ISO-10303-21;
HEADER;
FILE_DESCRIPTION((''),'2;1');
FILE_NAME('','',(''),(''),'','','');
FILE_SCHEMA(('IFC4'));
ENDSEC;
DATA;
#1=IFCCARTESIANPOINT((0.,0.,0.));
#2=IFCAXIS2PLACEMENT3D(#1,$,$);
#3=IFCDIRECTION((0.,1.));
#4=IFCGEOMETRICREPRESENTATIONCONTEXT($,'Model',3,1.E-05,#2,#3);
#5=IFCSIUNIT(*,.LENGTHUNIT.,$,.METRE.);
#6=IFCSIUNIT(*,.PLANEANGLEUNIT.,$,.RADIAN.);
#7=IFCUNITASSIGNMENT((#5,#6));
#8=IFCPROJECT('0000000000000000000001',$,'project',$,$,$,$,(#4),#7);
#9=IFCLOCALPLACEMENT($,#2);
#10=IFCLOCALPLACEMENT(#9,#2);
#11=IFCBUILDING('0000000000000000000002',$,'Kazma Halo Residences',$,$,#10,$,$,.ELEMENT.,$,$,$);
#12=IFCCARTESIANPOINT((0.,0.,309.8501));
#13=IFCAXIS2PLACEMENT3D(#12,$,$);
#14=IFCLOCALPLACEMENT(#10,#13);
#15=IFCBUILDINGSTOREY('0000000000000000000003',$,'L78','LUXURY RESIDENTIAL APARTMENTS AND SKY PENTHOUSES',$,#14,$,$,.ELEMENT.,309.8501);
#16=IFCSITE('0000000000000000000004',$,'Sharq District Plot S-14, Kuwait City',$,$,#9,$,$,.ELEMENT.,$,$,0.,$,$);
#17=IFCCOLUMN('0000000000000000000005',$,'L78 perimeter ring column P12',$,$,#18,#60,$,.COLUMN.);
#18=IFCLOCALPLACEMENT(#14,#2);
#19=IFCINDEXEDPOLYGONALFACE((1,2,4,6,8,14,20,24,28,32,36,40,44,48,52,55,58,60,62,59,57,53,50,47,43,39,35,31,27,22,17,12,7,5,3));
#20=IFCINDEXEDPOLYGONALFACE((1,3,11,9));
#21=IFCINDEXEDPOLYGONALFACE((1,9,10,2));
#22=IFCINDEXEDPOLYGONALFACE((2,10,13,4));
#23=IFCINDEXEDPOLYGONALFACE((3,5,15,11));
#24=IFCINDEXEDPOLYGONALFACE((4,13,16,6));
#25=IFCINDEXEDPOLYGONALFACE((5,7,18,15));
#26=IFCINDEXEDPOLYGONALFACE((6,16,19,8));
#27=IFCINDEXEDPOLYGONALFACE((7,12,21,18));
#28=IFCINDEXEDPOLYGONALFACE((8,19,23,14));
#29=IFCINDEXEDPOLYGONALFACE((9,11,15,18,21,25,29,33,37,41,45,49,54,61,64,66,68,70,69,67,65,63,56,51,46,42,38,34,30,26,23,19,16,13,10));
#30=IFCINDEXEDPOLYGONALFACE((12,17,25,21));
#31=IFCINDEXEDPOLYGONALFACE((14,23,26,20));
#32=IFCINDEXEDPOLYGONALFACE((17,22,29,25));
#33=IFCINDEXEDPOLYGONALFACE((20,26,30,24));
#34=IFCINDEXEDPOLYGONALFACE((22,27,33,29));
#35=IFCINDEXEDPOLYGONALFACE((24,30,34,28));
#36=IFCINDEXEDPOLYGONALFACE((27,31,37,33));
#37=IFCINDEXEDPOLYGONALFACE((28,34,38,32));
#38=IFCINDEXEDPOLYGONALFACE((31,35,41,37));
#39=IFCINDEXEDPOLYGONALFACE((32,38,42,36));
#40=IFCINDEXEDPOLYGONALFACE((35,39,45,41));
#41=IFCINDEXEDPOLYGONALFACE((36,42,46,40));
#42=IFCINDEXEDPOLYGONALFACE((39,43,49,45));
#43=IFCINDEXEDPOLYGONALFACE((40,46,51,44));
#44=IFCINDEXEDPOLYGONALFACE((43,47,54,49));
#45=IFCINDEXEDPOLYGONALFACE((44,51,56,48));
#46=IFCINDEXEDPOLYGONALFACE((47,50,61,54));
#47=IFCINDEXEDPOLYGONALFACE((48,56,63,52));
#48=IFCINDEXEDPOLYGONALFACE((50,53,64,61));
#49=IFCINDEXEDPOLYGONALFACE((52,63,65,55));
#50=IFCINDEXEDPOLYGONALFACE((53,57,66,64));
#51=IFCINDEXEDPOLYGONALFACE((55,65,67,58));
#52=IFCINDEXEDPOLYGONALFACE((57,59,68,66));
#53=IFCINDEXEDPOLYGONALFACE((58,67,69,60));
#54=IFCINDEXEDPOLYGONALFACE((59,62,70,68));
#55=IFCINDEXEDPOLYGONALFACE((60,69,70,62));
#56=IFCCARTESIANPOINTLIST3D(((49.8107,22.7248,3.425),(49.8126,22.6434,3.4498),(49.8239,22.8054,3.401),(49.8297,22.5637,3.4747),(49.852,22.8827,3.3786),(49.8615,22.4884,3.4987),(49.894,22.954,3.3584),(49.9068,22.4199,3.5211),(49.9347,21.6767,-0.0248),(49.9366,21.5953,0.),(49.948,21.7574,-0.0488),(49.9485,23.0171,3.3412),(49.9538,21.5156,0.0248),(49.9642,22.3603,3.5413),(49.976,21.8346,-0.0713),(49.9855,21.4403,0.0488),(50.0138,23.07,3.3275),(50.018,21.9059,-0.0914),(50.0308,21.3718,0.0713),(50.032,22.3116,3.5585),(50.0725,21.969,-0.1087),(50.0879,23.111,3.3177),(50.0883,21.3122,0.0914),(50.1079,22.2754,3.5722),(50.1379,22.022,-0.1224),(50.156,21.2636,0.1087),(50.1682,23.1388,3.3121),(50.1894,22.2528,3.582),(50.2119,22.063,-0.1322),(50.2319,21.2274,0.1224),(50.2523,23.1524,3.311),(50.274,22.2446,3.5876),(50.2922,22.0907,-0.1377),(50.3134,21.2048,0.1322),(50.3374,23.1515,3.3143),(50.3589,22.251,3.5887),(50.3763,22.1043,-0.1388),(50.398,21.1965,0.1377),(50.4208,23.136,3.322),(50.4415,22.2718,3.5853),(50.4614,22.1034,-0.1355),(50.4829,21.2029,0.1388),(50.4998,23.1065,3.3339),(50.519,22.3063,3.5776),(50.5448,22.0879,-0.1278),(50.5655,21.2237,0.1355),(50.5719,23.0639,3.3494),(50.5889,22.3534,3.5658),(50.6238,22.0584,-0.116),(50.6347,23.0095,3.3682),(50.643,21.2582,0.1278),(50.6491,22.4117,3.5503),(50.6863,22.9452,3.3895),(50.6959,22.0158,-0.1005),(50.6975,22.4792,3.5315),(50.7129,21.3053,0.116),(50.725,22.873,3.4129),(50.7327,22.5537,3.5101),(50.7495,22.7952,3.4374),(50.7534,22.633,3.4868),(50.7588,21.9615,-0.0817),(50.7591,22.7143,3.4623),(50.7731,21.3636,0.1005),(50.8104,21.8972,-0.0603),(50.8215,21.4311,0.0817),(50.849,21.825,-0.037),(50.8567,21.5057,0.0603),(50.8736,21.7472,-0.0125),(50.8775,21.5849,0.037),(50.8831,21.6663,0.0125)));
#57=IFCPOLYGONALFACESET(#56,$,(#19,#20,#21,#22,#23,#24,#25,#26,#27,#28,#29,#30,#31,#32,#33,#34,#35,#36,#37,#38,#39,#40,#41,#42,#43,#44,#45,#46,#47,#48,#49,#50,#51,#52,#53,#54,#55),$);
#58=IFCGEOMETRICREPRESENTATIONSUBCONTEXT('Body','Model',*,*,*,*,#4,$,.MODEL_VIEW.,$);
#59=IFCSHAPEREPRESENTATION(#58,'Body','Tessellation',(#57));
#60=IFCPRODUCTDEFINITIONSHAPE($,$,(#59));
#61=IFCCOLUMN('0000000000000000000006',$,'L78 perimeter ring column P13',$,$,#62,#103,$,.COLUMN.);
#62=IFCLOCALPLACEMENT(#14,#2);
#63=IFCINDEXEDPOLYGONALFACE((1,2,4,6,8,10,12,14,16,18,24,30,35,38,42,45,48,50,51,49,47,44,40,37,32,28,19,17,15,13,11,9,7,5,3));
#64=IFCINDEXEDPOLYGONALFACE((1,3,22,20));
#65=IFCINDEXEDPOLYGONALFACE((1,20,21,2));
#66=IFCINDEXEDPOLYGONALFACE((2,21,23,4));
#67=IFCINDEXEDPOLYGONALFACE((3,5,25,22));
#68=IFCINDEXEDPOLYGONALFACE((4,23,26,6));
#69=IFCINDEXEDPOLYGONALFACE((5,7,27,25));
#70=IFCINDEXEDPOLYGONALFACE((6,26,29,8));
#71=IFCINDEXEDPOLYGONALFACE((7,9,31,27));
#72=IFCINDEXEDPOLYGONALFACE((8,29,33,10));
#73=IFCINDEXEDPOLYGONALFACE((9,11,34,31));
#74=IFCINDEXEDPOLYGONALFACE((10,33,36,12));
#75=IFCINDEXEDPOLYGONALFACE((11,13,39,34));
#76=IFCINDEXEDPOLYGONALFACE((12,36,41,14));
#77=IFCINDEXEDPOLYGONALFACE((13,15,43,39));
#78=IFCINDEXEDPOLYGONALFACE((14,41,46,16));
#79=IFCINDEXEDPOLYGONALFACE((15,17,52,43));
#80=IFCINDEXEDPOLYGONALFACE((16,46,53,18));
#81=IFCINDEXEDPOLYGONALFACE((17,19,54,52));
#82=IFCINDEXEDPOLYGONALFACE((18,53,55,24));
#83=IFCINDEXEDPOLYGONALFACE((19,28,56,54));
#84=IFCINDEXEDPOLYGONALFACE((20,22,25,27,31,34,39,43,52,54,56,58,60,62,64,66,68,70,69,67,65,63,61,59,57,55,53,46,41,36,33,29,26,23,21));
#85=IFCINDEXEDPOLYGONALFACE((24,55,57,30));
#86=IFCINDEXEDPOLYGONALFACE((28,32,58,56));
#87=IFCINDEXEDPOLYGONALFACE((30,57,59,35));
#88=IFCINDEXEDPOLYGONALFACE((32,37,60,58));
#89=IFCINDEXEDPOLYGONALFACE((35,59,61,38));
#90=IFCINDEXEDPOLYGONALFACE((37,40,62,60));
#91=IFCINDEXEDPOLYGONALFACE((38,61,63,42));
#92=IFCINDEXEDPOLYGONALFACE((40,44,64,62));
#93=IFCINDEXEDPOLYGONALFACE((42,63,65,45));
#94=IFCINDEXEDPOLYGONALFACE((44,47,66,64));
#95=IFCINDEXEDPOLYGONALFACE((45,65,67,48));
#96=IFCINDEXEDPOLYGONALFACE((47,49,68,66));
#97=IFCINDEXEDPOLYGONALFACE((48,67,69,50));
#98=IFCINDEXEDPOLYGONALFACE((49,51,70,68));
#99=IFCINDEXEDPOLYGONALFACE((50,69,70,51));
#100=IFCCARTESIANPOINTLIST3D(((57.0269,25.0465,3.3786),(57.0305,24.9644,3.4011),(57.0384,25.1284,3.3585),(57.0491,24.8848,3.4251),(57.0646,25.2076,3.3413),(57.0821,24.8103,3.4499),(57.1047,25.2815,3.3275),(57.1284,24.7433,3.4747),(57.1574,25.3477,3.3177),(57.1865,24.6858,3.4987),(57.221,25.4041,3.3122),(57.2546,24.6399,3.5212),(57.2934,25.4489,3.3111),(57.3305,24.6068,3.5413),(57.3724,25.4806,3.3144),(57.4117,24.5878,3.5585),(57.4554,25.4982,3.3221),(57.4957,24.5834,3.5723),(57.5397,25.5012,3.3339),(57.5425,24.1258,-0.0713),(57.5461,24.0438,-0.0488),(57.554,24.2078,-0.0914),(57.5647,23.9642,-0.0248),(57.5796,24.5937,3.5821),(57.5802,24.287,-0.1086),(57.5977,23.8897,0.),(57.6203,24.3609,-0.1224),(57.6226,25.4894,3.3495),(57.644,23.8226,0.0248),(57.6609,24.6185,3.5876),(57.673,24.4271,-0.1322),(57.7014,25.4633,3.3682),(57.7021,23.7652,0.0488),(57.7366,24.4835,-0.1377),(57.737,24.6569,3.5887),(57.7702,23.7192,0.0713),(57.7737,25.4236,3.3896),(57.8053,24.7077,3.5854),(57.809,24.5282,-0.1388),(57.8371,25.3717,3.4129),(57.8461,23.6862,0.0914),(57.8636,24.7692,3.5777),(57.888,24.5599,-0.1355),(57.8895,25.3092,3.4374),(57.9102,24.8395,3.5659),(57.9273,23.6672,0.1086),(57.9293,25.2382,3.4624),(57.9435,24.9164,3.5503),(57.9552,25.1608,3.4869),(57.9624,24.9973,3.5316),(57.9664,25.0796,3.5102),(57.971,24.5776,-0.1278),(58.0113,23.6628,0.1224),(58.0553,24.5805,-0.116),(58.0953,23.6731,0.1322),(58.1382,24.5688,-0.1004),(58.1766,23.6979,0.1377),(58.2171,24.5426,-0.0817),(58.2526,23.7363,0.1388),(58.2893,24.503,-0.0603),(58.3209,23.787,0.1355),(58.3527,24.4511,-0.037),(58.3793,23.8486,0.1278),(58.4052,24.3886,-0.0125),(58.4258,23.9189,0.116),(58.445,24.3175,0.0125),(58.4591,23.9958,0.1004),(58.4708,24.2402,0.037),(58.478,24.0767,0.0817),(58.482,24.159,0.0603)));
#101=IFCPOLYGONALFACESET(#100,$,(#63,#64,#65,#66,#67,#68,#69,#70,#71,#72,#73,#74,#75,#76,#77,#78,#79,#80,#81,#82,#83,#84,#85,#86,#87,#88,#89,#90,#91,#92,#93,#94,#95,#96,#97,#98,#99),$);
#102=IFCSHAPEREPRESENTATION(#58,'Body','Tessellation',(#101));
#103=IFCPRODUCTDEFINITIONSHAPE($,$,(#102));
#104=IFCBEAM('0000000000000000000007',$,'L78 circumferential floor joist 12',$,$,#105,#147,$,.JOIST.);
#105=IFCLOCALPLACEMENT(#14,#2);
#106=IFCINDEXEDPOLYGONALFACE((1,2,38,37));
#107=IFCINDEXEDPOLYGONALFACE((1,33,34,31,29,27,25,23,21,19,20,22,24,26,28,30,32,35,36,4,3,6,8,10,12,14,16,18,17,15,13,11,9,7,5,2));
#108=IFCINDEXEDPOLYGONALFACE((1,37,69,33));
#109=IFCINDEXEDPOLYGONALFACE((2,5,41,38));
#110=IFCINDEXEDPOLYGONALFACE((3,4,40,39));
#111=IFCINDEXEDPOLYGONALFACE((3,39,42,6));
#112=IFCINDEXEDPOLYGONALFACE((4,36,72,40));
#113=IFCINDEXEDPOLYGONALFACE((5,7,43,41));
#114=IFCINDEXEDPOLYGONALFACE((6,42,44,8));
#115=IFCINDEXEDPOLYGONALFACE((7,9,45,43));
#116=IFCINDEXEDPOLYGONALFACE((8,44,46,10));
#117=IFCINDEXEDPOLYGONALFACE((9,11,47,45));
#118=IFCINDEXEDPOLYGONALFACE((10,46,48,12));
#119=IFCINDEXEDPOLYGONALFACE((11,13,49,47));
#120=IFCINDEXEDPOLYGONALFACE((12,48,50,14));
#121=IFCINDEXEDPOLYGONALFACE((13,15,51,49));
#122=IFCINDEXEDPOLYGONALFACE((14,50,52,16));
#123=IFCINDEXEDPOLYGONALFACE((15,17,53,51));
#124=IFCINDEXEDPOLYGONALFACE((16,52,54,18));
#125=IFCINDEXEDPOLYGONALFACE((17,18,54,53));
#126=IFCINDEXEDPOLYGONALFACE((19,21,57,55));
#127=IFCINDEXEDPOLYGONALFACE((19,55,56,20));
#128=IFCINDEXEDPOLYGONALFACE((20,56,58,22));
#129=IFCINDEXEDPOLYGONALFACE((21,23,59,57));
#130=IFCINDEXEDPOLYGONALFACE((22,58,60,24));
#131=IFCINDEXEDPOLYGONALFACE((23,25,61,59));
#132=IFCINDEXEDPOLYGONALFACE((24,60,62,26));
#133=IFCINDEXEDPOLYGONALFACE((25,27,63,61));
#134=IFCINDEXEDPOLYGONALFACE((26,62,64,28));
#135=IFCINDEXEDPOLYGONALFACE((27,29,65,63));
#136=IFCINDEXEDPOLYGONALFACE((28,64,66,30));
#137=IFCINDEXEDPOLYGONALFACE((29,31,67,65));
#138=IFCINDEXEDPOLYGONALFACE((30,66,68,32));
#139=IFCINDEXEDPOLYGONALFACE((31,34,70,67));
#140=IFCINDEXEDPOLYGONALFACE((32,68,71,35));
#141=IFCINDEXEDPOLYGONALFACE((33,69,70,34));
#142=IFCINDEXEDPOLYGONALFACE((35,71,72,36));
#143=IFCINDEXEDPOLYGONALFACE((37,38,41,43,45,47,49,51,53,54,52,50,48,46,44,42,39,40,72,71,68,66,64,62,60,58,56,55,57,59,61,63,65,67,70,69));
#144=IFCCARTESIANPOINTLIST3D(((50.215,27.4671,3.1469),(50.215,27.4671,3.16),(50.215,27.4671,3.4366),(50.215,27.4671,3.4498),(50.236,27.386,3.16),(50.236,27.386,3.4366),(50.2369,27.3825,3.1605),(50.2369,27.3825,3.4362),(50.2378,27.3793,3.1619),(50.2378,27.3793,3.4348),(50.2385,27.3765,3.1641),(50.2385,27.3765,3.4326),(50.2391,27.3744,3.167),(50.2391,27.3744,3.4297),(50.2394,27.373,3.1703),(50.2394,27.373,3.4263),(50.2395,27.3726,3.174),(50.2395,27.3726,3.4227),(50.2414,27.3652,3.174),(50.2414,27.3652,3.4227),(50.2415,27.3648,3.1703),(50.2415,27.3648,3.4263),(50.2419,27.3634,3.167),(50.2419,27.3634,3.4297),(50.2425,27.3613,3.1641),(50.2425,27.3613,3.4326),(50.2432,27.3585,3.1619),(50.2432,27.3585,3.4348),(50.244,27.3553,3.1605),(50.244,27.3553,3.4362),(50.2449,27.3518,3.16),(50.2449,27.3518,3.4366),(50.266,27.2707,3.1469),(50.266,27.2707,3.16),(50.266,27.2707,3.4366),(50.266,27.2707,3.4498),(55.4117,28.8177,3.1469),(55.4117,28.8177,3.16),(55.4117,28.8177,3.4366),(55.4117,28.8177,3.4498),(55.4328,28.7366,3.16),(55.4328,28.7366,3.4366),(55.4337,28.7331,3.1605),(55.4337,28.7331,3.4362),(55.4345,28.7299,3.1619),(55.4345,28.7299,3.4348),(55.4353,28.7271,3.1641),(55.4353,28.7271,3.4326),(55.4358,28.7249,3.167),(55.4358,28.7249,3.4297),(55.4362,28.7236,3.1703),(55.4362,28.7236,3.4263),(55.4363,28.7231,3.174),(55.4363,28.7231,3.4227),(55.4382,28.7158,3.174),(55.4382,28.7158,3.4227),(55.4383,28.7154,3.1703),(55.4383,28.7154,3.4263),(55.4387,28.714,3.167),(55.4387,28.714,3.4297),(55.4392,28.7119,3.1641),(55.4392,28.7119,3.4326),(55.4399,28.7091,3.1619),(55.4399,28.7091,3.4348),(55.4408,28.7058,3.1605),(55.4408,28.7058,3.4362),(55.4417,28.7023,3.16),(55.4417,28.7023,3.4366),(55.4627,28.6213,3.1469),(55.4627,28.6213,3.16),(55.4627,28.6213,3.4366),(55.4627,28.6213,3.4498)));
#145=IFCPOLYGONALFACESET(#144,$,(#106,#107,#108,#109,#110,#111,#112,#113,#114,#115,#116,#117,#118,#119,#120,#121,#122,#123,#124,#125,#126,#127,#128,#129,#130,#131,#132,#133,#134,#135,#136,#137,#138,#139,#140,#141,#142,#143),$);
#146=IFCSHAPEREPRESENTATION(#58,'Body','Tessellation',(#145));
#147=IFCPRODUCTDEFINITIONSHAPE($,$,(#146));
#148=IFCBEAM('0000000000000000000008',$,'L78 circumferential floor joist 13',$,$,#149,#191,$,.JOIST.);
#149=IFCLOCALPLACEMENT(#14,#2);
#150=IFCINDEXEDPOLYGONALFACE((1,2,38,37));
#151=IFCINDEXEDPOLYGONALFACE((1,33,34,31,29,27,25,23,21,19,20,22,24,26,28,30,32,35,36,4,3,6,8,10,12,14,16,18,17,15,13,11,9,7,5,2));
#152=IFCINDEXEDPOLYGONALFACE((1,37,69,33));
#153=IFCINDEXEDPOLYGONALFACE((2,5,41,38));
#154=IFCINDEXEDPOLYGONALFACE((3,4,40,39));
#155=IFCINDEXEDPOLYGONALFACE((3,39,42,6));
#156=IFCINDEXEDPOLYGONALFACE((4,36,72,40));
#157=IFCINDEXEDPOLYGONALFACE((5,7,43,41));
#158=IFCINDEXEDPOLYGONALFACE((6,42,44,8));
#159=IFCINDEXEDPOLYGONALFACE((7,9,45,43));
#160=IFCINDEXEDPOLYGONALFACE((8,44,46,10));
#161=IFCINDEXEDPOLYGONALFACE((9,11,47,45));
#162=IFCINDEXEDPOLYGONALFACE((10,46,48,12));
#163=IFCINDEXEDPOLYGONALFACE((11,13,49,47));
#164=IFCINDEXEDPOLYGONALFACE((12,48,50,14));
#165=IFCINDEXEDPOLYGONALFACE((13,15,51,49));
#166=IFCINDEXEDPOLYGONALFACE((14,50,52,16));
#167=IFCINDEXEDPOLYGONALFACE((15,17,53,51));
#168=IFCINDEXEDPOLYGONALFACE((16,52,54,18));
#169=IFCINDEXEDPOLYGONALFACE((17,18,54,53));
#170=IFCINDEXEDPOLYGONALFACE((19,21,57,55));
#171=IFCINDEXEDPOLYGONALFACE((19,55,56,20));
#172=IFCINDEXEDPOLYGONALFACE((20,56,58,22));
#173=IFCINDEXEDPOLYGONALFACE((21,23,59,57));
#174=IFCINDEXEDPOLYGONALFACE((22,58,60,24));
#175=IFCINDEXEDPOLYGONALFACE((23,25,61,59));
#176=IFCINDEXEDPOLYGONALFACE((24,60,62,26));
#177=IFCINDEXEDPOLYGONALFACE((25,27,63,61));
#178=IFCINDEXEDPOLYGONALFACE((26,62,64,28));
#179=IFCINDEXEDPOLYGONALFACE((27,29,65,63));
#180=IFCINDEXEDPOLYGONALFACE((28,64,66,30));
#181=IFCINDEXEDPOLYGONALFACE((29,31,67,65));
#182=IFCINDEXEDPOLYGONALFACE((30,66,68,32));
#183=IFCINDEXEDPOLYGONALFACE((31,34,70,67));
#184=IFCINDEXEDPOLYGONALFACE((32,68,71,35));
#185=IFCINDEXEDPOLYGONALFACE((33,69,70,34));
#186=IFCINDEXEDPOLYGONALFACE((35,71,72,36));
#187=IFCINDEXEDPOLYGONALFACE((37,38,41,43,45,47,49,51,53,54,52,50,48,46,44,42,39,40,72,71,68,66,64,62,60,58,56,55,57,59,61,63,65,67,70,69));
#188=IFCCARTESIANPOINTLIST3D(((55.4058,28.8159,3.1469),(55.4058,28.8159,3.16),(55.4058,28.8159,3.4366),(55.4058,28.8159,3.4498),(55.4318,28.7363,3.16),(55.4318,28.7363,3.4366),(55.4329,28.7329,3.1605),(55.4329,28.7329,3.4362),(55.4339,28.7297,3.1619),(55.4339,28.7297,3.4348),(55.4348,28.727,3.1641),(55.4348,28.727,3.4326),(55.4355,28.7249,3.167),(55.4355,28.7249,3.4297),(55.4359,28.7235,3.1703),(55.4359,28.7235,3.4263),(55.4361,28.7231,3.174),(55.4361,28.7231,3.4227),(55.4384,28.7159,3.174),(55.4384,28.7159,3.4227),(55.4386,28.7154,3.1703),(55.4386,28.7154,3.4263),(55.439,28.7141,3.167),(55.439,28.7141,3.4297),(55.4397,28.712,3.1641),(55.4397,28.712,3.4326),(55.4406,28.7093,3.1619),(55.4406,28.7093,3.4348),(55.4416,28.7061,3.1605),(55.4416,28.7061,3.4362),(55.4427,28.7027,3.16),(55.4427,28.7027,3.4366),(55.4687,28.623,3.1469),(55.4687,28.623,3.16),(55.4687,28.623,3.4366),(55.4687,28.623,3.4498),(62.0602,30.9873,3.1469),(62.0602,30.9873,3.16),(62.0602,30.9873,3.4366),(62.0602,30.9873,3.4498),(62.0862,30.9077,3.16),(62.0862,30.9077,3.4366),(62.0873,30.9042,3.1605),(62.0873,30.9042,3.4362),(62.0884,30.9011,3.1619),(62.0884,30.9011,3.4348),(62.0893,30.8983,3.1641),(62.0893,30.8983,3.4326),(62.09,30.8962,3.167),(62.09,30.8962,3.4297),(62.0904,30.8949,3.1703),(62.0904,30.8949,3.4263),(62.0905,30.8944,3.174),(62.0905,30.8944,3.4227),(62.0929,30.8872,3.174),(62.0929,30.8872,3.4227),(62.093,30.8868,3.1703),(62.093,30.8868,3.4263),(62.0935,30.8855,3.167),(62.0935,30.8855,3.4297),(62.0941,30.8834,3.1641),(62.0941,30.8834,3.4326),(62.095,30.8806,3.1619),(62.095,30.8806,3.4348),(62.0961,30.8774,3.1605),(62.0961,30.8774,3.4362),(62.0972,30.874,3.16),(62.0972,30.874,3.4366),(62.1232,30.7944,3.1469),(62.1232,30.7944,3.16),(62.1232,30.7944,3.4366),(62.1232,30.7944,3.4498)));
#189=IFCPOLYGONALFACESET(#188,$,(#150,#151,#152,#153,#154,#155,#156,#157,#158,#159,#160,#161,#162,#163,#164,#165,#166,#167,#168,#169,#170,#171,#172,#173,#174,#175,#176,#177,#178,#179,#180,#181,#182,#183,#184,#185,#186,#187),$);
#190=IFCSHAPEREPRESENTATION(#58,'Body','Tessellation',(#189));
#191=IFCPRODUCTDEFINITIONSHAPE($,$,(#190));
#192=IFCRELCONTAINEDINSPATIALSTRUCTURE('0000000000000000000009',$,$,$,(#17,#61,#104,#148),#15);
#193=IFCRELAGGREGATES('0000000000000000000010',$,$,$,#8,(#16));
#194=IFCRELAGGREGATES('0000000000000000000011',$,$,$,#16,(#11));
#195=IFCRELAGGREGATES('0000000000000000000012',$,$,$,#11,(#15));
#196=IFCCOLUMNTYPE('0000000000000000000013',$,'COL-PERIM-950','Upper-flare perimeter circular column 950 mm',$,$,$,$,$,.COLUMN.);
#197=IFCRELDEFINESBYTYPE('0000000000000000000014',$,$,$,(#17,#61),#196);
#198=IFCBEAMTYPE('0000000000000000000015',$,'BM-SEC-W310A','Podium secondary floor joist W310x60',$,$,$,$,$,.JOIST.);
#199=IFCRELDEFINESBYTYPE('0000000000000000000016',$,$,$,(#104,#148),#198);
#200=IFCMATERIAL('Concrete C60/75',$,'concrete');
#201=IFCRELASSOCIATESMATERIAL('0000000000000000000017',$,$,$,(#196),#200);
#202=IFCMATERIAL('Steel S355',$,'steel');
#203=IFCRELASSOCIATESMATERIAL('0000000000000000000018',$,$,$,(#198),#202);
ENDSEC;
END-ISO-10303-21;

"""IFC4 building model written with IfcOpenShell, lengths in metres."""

from ifc_helpers import new_model, si_unit, direction, frame, origin, origin_2d, place, context, subcontext, project, spatial, circle, i_section, extrude, material, material_profile, profile_set, type_object, element, save


model = new_model("IFC4")

# Units and contexts
model_context = context("Model", 3, precision=1e-05, world=origin(), true_north=direction((0.0, 1.0)))
body_context = subcontext(model_context, "Body", "Model", "MODEL_VIEW")
ifc_project = project(units=[si_unit("LENGTHUNIT", "METRE"), si_unit("PLANEANGLEUNIT", "RADIAN")], contexts=[model_context])

# Site, building, storey
site_placement = place(None, origin())
site = spatial("IfcSite", under=ifc_project, at=site_placement, Name="Sharq District Plot S-14, Kuwait City", CompositionType="ELEMENT", RefElevation=0.0)
building_placement = place(site_placement, origin())
building = spatial("IfcBuilding", under=site, at=building_placement, Name="Kazma Halo Residences", CompositionType="ELEMENT")
storey_placement = place(building_placement, frame((0.0, 0.0, 309.8501)))
storey = spatial("IfcBuildingStorey", under=building, at=storey_placement, Name="L78", Description="LUXURY RESIDENTIAL APARTMENTS AND SKY PENTHOUSES", CompositionType="ELEMENT", Elevation=309.8501)

# Columns
ifc_material_1 = material(Name="Concrete C60/75", Category="concrete")
ifc_material_profile_1 = material_profile(ifc_material_1, circle(Radius=0.4751, at=origin_2d()), Name="CIRC950")
ifc_profile_set_1 = profile_set([ifc_material_profile_1], Name="Concrete C60/75")
column_type = type_object("IfcColumnType", Name="COL-PERIM-950", Description="Upper-flare perimeter circular column 950 mm", PredefinedType="COLUMN", material=ifc_profile_set_1)
for number, where, z_axis, x_axis, name in (
    (1, (50.4084, 21.6511, 0.0), (-0.034377, 0.29051, 0.956254), (-0.993071, -0.117512, 0.0), "L78 perimeter ring column P12"),
    (2, (58.0122, 24.1218, 0.0), (-0.142923, 0.25519, 0.956269), (-0.872482, -0.488646, 0.0), "L78 perimeter ring column P13"),
):
    element("IfcColumn", number, at=place(storey_placement, frame(where, z_axis=z_axis, x_axis=x_axis)), inside=storey, type_object=column_type, Name=name, PredefinedType="COLUMN", context=body_context, shape_type="SweptSolid", body=[
        extrude(circle(Radius=0.4751, at=origin_2d()), origin(), (0.0, 0.0, 1.0), 3.6077),
    ])

# Beams
ifc_material_2 = material(Name="Steel S355", Category="steel")
ifc_material_profile_2 = material_profile(ifc_material_2, i_section(OverallWidth=0.2029, OverallDepth=0.303, WebThickness=0.0076, FlangeThickness=0.0132, FilletRadius=0.0139, at=origin_2d()), Name="W310x60")
ifc_profile_set_2 = profile_set([ifc_material_profile_2], Name="Steel S355")
beam_type_1 = type_object("IfcBeamType", Name="BM-SEC-W310A", Description="Podium secondary floor joist W310x60", PredefinedType="JOIST", material=ifc_profile_set_2)
beam_1_placement = place(storey_placement, frame((50.2405, 27.3689, 3.2983), z_axis=(0.967849, 0.251533, 0.0), x_axis=(-0.251533, 0.967849, 0.0)))
element("IfcBeam", 3, at=beam_1_placement, inside=storey, type_object=beam_type_1, Name="L78 circumferential floor joist 12", PredefinedType="JOIST", context=body_context, shape_type="SweptSolid", body=[
    extrude(i_section(OverallWidth=0.2029, OverallDepth=0.303, WebThickness=0.0076, FlangeThickness=0.0132, FilletRadius=0.0139, at=origin_2d()), origin(), (0.0, 0.0, 1.0), 5.3694),
])
beam_2_placement = place(storey_placement, frame((55.4373, 28.7195, 3.2983), z_axis=(0.95067, 0.310205, 0.0), x_axis=(-0.310205, 0.95067, 0.0)))
element("IfcBeam", 4, at=beam_2_placement, inside=storey, type_object=beam_type_1, Name="L78 circumferential floor joist 13", PredefinedType="JOIST", context=body_context, shape_type="SweptSolid", body=[
    extrude(i_section(OverallWidth=0.2029, OverallDepth=0.303, WebThickness=0.0076, FlangeThickness=0.0132, FilletRadius=0.0139, at=origin_2d()), origin(), (0.0, 0.0, 1.0), 6.9998),
])

save(model, "model.ifc")
